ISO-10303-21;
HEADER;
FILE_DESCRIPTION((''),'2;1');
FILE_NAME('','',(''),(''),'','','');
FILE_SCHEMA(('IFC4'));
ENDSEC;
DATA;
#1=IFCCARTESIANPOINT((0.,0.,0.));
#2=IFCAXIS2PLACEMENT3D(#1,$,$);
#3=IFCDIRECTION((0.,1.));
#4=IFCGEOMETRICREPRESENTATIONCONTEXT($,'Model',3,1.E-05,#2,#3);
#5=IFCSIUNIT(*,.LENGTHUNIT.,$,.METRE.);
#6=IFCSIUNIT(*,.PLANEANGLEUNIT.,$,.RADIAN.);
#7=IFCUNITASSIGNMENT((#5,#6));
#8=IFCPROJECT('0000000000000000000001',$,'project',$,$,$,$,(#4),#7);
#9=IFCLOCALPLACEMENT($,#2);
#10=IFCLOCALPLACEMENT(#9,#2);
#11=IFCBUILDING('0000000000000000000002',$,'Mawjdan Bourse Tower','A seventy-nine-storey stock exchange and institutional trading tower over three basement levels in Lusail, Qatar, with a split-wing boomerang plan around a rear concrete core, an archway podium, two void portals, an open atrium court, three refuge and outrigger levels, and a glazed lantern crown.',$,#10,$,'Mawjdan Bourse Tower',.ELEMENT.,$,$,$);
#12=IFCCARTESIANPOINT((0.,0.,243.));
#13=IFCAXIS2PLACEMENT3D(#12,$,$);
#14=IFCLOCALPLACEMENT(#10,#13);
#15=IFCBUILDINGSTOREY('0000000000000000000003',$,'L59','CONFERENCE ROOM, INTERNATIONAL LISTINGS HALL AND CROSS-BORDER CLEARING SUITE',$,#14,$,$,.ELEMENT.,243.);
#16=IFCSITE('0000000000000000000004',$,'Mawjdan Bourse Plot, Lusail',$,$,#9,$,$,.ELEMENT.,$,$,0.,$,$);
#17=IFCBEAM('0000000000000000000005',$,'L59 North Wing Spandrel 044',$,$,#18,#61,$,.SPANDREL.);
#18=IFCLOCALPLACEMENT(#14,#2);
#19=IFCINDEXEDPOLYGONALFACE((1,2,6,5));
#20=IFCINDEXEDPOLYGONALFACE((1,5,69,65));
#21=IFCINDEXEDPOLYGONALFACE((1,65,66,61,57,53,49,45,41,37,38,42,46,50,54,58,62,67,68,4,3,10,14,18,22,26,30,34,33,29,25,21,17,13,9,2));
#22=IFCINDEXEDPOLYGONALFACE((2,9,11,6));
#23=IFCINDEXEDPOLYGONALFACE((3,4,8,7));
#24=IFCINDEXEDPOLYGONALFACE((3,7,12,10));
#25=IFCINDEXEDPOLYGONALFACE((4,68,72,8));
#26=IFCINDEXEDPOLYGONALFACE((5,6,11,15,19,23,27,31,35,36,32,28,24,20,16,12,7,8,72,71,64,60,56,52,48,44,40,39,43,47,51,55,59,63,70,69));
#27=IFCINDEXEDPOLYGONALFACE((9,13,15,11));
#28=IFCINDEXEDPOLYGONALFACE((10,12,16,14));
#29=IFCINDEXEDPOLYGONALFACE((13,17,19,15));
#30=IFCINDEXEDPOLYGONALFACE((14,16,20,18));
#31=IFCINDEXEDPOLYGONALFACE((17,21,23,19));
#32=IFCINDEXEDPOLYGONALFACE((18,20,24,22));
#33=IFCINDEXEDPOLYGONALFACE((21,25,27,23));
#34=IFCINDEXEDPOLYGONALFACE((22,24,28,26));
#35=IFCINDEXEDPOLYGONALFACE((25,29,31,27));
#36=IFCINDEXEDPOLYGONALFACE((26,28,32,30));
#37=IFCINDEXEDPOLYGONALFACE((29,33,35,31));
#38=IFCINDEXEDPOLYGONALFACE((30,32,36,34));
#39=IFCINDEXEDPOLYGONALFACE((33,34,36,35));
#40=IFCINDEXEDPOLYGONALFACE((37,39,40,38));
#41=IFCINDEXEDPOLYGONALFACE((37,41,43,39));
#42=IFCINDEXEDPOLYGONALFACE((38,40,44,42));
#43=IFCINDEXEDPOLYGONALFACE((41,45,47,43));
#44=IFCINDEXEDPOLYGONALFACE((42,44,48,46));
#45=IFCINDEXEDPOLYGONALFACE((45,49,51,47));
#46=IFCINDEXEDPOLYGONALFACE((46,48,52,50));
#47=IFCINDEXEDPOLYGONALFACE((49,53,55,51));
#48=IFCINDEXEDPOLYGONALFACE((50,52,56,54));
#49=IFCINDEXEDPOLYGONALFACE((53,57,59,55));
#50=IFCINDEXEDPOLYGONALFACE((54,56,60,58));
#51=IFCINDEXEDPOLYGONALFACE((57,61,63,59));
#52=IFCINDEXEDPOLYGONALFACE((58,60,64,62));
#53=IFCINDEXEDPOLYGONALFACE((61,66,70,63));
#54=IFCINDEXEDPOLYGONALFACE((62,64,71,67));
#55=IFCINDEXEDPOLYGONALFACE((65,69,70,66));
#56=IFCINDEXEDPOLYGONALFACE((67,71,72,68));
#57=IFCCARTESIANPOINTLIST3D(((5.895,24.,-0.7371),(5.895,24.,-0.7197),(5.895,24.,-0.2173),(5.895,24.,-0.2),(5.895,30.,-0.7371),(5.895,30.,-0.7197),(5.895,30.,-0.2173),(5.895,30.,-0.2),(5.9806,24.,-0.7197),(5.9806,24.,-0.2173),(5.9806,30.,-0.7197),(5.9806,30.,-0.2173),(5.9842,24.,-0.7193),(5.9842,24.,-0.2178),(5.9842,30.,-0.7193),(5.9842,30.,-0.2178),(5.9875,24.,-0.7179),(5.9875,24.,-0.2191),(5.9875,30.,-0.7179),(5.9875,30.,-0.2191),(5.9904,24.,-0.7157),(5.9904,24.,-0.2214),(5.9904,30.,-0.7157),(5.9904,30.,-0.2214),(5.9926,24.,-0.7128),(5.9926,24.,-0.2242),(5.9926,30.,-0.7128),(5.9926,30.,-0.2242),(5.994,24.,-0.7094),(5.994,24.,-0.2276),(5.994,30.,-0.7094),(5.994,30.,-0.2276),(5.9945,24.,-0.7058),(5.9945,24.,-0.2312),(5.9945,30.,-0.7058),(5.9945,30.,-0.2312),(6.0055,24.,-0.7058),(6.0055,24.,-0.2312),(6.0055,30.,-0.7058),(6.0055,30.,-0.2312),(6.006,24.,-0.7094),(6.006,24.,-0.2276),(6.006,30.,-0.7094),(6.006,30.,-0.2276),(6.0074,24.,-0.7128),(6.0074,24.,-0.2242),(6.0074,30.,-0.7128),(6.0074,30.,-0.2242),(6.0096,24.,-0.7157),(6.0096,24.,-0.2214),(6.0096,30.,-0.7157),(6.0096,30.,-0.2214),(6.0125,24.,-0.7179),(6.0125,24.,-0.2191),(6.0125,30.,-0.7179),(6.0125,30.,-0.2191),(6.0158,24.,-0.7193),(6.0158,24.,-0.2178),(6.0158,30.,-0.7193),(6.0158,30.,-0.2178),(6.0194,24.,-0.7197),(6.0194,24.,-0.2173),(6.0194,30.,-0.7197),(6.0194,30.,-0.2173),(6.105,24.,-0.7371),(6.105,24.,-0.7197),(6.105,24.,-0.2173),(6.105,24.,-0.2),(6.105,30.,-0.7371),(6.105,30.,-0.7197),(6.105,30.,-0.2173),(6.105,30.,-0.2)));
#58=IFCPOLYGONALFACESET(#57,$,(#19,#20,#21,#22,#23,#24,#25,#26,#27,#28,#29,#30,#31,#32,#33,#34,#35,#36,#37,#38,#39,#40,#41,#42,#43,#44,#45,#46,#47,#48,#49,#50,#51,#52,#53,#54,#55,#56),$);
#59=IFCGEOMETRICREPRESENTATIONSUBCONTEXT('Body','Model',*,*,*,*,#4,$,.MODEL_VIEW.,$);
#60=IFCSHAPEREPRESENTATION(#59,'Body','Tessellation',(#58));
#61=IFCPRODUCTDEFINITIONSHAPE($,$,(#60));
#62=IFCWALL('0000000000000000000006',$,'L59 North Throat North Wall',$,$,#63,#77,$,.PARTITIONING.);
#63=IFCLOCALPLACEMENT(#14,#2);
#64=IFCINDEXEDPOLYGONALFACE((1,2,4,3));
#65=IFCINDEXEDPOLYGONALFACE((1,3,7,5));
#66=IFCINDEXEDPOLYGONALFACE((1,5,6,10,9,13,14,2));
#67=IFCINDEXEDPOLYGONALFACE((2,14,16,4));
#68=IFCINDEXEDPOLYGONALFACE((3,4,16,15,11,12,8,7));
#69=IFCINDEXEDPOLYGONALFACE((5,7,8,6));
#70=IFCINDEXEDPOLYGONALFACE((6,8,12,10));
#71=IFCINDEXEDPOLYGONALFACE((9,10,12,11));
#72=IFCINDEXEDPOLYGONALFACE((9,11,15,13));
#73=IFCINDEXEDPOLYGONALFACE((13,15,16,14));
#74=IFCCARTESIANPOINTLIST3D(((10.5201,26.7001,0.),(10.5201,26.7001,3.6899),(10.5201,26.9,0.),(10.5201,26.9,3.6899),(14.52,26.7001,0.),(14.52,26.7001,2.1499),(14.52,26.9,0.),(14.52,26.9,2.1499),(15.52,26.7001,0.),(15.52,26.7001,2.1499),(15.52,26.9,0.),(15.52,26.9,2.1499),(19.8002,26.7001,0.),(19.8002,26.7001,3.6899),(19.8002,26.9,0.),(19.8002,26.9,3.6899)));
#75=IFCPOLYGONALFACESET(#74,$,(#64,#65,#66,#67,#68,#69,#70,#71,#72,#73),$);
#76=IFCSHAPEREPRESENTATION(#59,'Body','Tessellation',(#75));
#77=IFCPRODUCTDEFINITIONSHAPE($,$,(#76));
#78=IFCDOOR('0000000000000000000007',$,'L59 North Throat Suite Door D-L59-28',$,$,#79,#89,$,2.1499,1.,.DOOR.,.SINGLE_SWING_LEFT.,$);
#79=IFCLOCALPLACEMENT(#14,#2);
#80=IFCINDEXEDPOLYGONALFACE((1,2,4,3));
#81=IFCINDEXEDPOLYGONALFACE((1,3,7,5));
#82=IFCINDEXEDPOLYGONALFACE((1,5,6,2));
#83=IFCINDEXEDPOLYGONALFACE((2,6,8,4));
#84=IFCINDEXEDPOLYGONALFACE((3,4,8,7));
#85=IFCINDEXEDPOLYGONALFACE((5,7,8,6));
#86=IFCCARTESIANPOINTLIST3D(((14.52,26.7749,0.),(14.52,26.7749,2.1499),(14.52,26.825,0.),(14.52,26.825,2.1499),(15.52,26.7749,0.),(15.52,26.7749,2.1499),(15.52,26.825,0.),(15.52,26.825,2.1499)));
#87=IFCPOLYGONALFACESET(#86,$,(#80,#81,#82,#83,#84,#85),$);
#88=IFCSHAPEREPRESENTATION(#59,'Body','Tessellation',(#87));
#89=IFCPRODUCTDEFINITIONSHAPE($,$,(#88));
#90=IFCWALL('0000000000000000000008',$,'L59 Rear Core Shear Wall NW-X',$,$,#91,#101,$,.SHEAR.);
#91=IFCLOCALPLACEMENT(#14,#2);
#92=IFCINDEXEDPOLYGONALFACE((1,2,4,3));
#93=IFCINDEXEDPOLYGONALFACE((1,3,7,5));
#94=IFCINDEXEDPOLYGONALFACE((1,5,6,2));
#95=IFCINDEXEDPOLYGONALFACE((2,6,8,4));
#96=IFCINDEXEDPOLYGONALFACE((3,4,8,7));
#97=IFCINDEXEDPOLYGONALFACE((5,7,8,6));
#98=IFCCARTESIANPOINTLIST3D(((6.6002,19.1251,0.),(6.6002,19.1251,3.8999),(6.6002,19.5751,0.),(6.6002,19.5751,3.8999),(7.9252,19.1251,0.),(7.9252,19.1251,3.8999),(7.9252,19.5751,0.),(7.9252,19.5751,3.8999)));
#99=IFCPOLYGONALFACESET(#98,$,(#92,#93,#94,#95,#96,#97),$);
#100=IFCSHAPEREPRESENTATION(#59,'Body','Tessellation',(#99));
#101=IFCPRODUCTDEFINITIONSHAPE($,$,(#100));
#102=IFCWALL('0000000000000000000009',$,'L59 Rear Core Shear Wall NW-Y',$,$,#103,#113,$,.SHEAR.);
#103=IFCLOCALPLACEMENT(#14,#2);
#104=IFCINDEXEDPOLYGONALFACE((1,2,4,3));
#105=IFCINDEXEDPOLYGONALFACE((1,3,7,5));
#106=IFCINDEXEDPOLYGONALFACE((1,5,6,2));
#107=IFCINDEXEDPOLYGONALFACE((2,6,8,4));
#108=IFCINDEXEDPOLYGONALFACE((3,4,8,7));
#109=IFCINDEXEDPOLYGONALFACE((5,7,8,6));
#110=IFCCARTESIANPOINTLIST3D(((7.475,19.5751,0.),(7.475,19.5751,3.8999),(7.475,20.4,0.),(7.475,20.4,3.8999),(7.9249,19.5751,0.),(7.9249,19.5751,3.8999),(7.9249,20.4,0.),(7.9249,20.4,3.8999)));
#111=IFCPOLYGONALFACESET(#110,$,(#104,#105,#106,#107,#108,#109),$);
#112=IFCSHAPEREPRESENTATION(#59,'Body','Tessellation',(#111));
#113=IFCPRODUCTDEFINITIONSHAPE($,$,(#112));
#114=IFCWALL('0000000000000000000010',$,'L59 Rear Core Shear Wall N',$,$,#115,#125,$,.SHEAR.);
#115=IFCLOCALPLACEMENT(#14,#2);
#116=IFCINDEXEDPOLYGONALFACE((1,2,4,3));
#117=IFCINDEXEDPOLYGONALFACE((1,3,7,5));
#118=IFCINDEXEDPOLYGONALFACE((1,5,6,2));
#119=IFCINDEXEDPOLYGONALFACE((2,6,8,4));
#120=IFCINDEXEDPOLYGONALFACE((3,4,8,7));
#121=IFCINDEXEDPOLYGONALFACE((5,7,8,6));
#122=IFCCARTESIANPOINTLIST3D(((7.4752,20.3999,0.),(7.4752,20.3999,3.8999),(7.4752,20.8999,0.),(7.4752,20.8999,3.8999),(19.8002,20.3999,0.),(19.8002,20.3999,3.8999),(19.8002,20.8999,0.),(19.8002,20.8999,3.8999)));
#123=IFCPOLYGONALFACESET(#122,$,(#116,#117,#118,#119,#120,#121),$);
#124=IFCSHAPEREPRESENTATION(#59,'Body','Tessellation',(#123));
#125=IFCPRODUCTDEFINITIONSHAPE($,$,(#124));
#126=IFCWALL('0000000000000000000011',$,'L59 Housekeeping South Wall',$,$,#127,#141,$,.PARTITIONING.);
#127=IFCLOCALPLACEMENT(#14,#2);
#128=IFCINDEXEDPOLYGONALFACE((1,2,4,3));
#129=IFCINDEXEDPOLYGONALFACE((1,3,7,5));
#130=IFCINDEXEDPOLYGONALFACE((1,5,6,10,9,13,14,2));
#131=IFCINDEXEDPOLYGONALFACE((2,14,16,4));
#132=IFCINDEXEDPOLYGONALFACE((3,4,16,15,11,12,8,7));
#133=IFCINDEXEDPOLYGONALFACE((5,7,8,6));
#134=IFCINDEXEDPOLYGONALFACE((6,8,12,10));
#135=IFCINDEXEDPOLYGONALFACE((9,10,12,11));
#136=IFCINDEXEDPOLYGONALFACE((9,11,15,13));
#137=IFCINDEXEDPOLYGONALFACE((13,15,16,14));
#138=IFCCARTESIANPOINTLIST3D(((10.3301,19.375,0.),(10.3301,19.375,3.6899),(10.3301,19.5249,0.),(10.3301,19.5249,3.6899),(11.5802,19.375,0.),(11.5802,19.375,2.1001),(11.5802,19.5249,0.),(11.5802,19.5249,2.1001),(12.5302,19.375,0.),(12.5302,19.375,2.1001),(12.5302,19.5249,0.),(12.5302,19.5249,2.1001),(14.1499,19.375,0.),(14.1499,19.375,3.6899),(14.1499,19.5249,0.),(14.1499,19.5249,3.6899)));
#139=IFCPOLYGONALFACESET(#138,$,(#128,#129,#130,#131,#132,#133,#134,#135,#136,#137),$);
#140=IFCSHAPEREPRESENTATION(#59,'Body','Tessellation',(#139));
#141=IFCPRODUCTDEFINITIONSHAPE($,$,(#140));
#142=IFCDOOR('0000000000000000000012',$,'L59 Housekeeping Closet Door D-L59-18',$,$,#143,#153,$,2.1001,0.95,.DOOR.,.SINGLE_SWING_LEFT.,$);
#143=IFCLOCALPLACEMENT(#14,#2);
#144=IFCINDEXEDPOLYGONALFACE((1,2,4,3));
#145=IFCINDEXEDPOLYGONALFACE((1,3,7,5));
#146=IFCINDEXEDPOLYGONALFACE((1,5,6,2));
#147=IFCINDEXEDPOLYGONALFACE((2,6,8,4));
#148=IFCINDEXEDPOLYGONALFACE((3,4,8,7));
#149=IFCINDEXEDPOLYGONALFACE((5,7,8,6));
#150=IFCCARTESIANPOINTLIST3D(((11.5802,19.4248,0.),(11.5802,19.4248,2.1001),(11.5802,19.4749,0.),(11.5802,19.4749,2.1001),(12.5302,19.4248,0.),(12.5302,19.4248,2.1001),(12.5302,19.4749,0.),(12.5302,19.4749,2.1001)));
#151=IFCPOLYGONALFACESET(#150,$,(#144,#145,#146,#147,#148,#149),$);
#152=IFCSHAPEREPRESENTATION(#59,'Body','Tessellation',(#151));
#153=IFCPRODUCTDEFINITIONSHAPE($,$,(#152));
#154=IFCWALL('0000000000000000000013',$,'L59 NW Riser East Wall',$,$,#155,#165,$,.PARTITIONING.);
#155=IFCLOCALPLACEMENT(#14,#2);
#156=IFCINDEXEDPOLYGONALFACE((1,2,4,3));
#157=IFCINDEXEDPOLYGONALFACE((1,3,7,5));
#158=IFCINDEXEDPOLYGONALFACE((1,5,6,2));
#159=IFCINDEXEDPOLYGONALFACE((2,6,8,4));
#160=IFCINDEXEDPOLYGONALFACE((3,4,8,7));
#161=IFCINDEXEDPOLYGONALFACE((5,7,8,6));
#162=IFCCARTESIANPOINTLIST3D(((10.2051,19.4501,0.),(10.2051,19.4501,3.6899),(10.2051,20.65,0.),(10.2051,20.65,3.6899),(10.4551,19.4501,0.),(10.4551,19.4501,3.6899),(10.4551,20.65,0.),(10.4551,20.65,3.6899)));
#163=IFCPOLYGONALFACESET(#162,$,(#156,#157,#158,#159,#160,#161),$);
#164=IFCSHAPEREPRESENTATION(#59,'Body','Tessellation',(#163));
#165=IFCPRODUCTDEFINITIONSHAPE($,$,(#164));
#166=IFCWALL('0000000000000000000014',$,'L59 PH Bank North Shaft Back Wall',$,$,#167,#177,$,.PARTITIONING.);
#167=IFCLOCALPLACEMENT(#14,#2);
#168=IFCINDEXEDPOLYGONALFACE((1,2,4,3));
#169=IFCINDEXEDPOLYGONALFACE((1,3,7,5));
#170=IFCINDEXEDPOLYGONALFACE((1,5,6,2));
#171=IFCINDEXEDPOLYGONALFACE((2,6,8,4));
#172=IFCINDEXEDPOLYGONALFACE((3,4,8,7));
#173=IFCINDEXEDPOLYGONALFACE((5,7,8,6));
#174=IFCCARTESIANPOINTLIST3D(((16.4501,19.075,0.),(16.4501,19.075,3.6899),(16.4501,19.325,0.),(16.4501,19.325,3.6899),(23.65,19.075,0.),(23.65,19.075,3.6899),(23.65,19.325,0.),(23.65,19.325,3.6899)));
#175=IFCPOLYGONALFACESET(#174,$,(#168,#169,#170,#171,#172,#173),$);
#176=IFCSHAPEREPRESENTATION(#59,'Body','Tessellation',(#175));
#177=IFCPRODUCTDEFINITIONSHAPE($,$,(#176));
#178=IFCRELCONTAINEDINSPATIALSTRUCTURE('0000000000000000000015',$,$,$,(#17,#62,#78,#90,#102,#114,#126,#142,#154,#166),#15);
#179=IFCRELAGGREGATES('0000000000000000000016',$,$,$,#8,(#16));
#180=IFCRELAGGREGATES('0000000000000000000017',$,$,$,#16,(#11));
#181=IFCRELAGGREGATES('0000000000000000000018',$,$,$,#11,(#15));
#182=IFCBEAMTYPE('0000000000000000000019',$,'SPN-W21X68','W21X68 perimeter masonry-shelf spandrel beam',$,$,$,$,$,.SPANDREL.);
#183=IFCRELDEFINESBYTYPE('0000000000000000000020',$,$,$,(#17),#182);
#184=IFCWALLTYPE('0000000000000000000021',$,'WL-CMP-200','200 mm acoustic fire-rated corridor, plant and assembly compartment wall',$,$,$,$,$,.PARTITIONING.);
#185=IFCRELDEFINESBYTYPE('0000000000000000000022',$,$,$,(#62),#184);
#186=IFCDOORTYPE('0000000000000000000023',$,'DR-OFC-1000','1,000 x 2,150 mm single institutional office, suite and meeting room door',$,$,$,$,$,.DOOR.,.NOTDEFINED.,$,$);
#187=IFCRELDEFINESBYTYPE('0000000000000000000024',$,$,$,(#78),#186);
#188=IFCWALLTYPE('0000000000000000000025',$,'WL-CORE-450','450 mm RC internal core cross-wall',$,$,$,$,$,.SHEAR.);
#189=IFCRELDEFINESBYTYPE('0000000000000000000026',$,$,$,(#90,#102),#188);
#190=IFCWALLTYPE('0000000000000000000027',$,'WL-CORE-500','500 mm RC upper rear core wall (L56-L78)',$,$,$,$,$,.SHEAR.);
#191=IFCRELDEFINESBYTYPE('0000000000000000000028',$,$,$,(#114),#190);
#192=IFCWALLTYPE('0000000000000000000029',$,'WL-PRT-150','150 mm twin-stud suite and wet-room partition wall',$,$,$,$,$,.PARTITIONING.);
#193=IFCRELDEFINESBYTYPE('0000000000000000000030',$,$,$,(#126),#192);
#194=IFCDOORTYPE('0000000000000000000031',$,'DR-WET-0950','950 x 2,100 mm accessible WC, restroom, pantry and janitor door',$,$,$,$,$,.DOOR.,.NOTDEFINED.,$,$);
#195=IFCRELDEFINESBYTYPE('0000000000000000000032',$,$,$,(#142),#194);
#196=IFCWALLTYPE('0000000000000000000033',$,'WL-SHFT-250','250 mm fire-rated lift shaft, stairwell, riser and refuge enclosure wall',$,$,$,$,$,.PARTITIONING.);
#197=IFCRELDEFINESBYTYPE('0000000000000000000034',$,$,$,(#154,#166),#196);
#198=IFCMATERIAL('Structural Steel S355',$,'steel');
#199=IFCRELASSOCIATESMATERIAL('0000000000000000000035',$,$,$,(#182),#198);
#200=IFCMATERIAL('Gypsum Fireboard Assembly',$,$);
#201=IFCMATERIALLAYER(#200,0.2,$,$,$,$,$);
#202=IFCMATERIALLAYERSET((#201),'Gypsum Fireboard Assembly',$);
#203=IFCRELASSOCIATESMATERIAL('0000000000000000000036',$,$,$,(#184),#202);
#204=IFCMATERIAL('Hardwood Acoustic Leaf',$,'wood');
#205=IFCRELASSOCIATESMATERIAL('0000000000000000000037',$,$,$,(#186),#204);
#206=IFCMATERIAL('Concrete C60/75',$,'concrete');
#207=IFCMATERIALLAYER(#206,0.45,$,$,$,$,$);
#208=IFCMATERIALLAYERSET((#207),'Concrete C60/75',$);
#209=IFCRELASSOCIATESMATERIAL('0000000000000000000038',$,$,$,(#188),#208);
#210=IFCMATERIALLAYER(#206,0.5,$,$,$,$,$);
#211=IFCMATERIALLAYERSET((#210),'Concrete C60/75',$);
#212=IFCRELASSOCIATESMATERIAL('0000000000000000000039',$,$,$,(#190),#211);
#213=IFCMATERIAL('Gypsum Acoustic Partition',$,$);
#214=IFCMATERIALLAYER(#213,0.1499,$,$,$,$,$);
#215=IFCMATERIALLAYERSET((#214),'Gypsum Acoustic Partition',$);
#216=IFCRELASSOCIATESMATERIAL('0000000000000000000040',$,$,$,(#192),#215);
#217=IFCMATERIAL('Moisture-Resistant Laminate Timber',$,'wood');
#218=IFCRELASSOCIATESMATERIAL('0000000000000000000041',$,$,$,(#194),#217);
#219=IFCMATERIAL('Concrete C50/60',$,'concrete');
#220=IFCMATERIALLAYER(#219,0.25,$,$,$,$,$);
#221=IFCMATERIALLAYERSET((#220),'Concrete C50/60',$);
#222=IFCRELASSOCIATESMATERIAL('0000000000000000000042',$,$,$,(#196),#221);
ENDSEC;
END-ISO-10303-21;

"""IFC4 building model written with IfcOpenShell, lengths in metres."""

from ifc_helpers import new_model, si_unit, direction, frame, frame_2d, origin, origin_2d, place, context, subcontext, project, spatial, rectangle, i_section, extrude, material, layer, layer_set, material_profile, profile_set, type_object, element, fill, save


model = new_model("IFC4")

# Units and contexts
model_context = context("Model", 3, precision=1e-05, world=origin(), true_north=direction((0.0, 1.0)))
body_context = subcontext(model_context, "Body", "Model", "MODEL_VIEW")
ifc_project = project(units=[si_unit("LENGTHUNIT", "METRE"), si_unit("PLANEANGLEUNIT", "RADIAN")], contexts=[model_context])

# Site, building, storey
site_placement = place(None, origin())
site = spatial("IfcSite", under=ifc_project, at=site_placement, Name="Mawjdan Bourse Plot, Lusail", CompositionType="ELEMENT", RefElevation=0.0)
building_placement = place(site_placement, origin())
building = spatial("IfcBuilding", under=site, at=building_placement, Name="Mawjdan Bourse Tower", Description="A seventy-nine-storey stock exchange and institutional trading tower over three basement levels in Lusail, Qatar, with a split-wing boomerang plan around a rear concrete core, an archway podium, two void portals, an open atrium court, three refuge and outrigger levels, and a glazed lantern crown.", LongName="Mawjdan Bourse Tower", CompositionType="ELEMENT")
storey_placement = place(building_placement, frame((0.0, 0.0, 243.0)))
storey = spatial("IfcBuildingStorey", under=building, at=storey_placement, Name="L59", Description="CONFERENCE ROOM, INTERNATIONAL LISTINGS HALL AND CROSS-BORDER CLEARING SUITE", CompositionType="ELEMENT", Elevation=243.0)

# Shared definitions
ifc_material_1 = material(Name="Concrete C60/75", Category="concrete")

# Beam
ifc_material_2 = material(Name="Structural Steel S355", Category="steel")
ifc_material_profile_1 = material_profile(ifc_material_2, i_section(OverallWidth=0.21, OverallDepth=0.5371, WebThickness=0.011, FlangeThickness=0.0173, FilletRadius=0.0139, at=origin_2d()), Name="W21X68")
ifc_profile_set_1 = profile_set([ifc_material_profile_1], Name="Structural Steel S355")
beam_type_1 = type_object("IfcBeamType", Name="SPN-W21X68", Description="W21X68 perimeter masonry-shelf spandrel beam", PredefinedType="SPANDREL", material=ifc_profile_set_1)
beam_1_placement = place(storey_placement, frame((6.0, 24.0, -0.4685), z_axis=(0.0, 1.0, 0.0), x_axis=(-1.0, 0.0, 0.0)))
element("IfcBeam", 1, at=beam_1_placement, inside=storey, type_object=beam_type_1, Name="L59 North Wing Spandrel 044", PredefinedType="SPANDREL", context=body_context, shape_type="SweptSolid", body=[
    extrude(i_section(OverallWidth=0.21, OverallDepth=0.5371, WebThickness=0.011, FlangeThickness=0.0173, FilletRadius=0.0139, at=origin_2d()), origin(), (0.0, 0.0, 1.0), 6.0),
])

# Wall, opening, door
ifc_material_3 = material(Name="Gypsum Fireboard Assembly")
ifc_layer_1 = layer(ifc_material_3, 0.2)
ifc_layer_set_1 = layer_set([ifc_layer_1], Name="Gypsum Fireboard Assembly")
wall_type_1 = type_object("IfcWallType", Name="WL-CMP-200", Description="200 mm acoustic fire-rated corridor, plant and assembly compartment wall", PredefinedType="PARTITIONING", material=ifc_layer_set_1)
wall_1_placement = place(storey_placement, frame((10.52, 26.8, 0.0), z_axis=(0.0, 0.0, 1.0), x_axis=(1.0, 0.0, 0.0)))
wall_1 = element("IfcWall", 2, at=wall_1_placement, inside=storey, type_object=wall_type_1, Name="L59 North Throat North Wall", PredefinedType="PARTITIONING", context=body_context, shape_type="SweptSolid", body=[
    extrude(rectangle(XDim=9.28, YDim=0.2, at=frame_2d((4.6401, 0.0))), origin(), (0.0, 0.0, 1.0), 3.6899),
])
opening_1_placement = place(wall_1_placement, frame((4.0, 0.0, 0.0)))
opening_1 = element("IfcOpeningElement", 3, at=opening_1_placement, cuts=wall_1, PredefinedType="OPENING", context=body_context, shape_type="SweptSolid", body=[
    extrude(rectangle(XDim=1.0, YDim=2.1499, at=frame_2d((0.5, 1.075))), frame((0.0, 0.1099, 0.0), z_axis=(0.0, -1.0, 0.0), x_axis=(1.0, 0.0, 0.0)), (0.0, 0.0, 1.0), 0.22),
])
ifc_material_4 = material(Name="Hardwood Acoustic Leaf", Category="wood")
door_type_1 = type_object("IfcDoorType", Name="DR-OFC-1000", Description="1,000 x 2,150 mm single institutional office, suite and meeting room door", OperationType="NOTDEFINED", PredefinedType="DOOR", material=ifc_material_4)
door_1_placement = place(opening_1_placement, origin())
door_1 = element("IfcDoor", 4, at=door_1_placement, inside=storey, type_object=door_type_1, Name="L59 North Throat Suite Door D-L59-28", OperationType="SINGLE_SWING_LEFT", OverallHeight=2.1499, OverallWidth=1.0, PredefinedType="DOOR", context=body_context, shape_type="SweptSolid", body=[
    extrude(rectangle(XDim=1.0, YDim=2.1499, at=frame_2d((0.5, 1.075))), frame((0.0, 0.0249, 0.0), z_axis=(0.0, -1.0, 0.0), x_axis=(1.0, 0.0, 0.0)), (0.0, 0.0, 1.0), 0.05),
])
fill(opening_1, door_1)

# Walls
ifc_layer_2 = layer(ifc_material_1, 0.45)
ifc_layer_set_2 = layer_set([ifc_layer_2], Name="Concrete C60/75")
wall_type_2 = type_object("IfcWallType", Name="WL-CORE-450", Description="450 mm RC internal core cross-wall", PredefinedType="SHEAR", material=ifc_layer_set_2)
wall_2_placement = place(storey_placement, frame((6.6001, 19.3501, 0.0), z_axis=(0.0, 0.0, 1.0), x_axis=(1.0, 0.0, 0.0)))
element("IfcWall", 5, at=wall_2_placement, inside=storey, type_object=wall_type_2, Name="L59 Rear Core Shear Wall NW-X", PredefinedType="SHEAR", context=body_context, shape_type="SweptSolid", body=[
    extrude(rectangle(XDim=1.325, YDim=0.45, at=frame_2d((0.6626, 0.0))), origin(), (0.0, 0.0, 1.0), 3.8999),
])
wall_3_placement = place(storey_placement, frame((7.7, 19.575, 0.0), z_axis=(0.0, 0.0, 1.0), x_axis=(0.0, 1.0, 0.0)))
element("IfcWall", 6, at=wall_3_placement, inside=storey, type_object=wall_type_2, Name="L59 Rear Core Shear Wall NW-Y", PredefinedType="SHEAR", context=body_context, shape_type="SweptSolid", body=[
    extrude(rectangle(XDim=0.825, YDim=0.45, at=frame_2d((0.4126, 0.0))), origin(), (0.0, 0.0, 1.0), 3.8999),
])
ifc_layer_3 = layer(ifc_material_1, 0.5)
ifc_layer_set_3 = layer_set([ifc_layer_3], Name="Concrete C60/75")
wall_type_3 = type_object("IfcWallType", Name="WL-CORE-500", Description="500 mm RC upper rear core wall (L56-L78)", PredefinedType="SHEAR", material=ifc_layer_set_3)
wall_4_placement = place(storey_placement, frame((7.4751, 20.6499, 0.0), z_axis=(0.0, 0.0, 1.0), x_axis=(1.0, 0.0, 0.0)))
element("IfcWall", 7, at=wall_4_placement, inside=storey, type_object=wall_type_3, Name="L59 Rear Core Shear Wall N", PredefinedType="SHEAR", context=body_context, shape_type="SweptSolid", body=[
    extrude(rectangle(XDim=12.325, YDim=0.5, at=frame_2d((6.1626, 0.0))), origin(), (0.0, 0.0, 1.0), 3.8999),
])

# Wall, opening, door
ifc_material_5 = material(Name="Gypsum Acoustic Partition")
ifc_layer_4 = layer(ifc_material_5, 0.1499)
ifc_layer_set_4 = layer_set([ifc_layer_4], Name="Gypsum Acoustic Partition")
wall_type_4 = type_object("IfcWallType", Name="WL-PRT-150", Description="150 mm twin-stud suite and wet-room partition wall", PredefinedType="PARTITIONING", material=ifc_layer_set_4)
wall_5_placement = place(storey_placement, frame((10.3301, 19.45, 0.0), z_axis=(0.0, 0.0, 1.0), x_axis=(1.0, 0.0, 0.0)))
wall_5 = element("IfcWall", 8, at=wall_5_placement, inside=storey, type_object=wall_type_4, Name="L59 Housekeeping South Wall", PredefinedType="PARTITIONING", context=body_context, shape_type="SweptSolid", body=[
    extrude(rectangle(XDim=3.8198, YDim=0.1499, at=frame_2d((1.9099, 0.0))), origin(), (0.0, 0.0, 1.0), 3.6899),
])
opening_2_placement = place(wall_5_placement, frame((1.25, 0.0, 0.0)))
opening_2 = element("IfcOpeningElement", 9, at=opening_2_placement, cuts=wall_5, PredefinedType="OPENING", context=body_context, shape_type="SweptSolid", body=[
    extrude(rectangle(XDim=0.95, YDim=2.1001, at=frame_2d((0.4751, 1.05))), frame((0.0, 0.085, 0.0), z_axis=(0.0, -1.0, 0.0), x_axis=(1.0, 0.0, 0.0)), (0.0, 0.0, 1.0), 0.1699),
])
ifc_material_6 = material(Name="Moisture-Resistant Laminate Timber", Category="wood")
door_type_2 = type_object("IfcDoorType", Name="DR-WET-0950", Description="950 x 2,100 mm accessible WC, restroom, pantry and janitor door", OperationType="NOTDEFINED", PredefinedType="DOOR", material=ifc_material_6)
door_2_placement = place(opening_2_placement, origin())
door_2 = element("IfcDoor", 10, at=door_2_placement, inside=storey, type_object=door_type_2, Name="L59 Housekeeping Closet Door D-L59-18", OperationType="SINGLE_SWING_LEFT", OverallHeight=2.1001, OverallWidth=0.95, PredefinedType="DOOR", context=body_context, shape_type="SweptSolid", body=[
    extrude(rectangle(XDim=0.95, YDim=2.1001, at=frame_2d((0.4751, 1.05))), frame((0.0, 0.0249, 0.0), z_axis=(0.0, -1.0, 0.0), x_axis=(1.0, 0.0, 0.0)), (0.0, 0.0, 1.0), 0.05),
])
fill(opening_2, door_2)

# Walls
ifc_material_7 = material(Name="Concrete C50/60", Category="concrete")
ifc_layer_5 = layer(ifc_material_7, 0.25)
ifc_layer_set_5 = layer_set([ifc_layer_5], Name="Concrete C50/60")
wall_type_5 = type_object("IfcWallType", Name="WL-SHFT-250", Description="250 mm fire-rated lift shaft, stairwell, riser and refuge enclosure wall", PredefinedType="PARTITIONING", material=ifc_layer_set_5)
wall_6_placement = place(storey_placement, frame((10.3301, 19.45, 0.0), z_axis=(0.0, 0.0, 1.0), x_axis=(0.0, 1.0, 0.0)))
element("IfcWall", 11, at=wall_6_placement, inside=storey, type_object=wall_type_5, Name="L59 NW Riser East Wall", PredefinedType="PARTITIONING", context=body_context, shape_type="SweptSolid", body=[
    extrude(rectangle(XDim=1.2, YDim=0.25, at=frame_2d((0.6001, 0.0))), origin(), (0.0, 0.0, 1.0), 3.6899),
])
wall_7_placement = place(storey_placement, frame((16.45, 19.2, 0.0), z_axis=(0.0, 0.0, 1.0), x_axis=(1.0, 0.0, 0.0)))
element("IfcWall", 12, at=wall_7_placement, inside=storey, type_object=wall_type_5, Name="L59 PH Bank North Shaft Back Wall", PredefinedType="PARTITIONING", context=body_context, shape_type="SweptSolid", body=[
    extrude(rectangle(XDim=7.2, YDim=0.25, at=frame_2d((3.6001, 0.0))), origin(), (0.0, 0.0, 1.0), 3.6899),
])

save(model, "model.ifc")
